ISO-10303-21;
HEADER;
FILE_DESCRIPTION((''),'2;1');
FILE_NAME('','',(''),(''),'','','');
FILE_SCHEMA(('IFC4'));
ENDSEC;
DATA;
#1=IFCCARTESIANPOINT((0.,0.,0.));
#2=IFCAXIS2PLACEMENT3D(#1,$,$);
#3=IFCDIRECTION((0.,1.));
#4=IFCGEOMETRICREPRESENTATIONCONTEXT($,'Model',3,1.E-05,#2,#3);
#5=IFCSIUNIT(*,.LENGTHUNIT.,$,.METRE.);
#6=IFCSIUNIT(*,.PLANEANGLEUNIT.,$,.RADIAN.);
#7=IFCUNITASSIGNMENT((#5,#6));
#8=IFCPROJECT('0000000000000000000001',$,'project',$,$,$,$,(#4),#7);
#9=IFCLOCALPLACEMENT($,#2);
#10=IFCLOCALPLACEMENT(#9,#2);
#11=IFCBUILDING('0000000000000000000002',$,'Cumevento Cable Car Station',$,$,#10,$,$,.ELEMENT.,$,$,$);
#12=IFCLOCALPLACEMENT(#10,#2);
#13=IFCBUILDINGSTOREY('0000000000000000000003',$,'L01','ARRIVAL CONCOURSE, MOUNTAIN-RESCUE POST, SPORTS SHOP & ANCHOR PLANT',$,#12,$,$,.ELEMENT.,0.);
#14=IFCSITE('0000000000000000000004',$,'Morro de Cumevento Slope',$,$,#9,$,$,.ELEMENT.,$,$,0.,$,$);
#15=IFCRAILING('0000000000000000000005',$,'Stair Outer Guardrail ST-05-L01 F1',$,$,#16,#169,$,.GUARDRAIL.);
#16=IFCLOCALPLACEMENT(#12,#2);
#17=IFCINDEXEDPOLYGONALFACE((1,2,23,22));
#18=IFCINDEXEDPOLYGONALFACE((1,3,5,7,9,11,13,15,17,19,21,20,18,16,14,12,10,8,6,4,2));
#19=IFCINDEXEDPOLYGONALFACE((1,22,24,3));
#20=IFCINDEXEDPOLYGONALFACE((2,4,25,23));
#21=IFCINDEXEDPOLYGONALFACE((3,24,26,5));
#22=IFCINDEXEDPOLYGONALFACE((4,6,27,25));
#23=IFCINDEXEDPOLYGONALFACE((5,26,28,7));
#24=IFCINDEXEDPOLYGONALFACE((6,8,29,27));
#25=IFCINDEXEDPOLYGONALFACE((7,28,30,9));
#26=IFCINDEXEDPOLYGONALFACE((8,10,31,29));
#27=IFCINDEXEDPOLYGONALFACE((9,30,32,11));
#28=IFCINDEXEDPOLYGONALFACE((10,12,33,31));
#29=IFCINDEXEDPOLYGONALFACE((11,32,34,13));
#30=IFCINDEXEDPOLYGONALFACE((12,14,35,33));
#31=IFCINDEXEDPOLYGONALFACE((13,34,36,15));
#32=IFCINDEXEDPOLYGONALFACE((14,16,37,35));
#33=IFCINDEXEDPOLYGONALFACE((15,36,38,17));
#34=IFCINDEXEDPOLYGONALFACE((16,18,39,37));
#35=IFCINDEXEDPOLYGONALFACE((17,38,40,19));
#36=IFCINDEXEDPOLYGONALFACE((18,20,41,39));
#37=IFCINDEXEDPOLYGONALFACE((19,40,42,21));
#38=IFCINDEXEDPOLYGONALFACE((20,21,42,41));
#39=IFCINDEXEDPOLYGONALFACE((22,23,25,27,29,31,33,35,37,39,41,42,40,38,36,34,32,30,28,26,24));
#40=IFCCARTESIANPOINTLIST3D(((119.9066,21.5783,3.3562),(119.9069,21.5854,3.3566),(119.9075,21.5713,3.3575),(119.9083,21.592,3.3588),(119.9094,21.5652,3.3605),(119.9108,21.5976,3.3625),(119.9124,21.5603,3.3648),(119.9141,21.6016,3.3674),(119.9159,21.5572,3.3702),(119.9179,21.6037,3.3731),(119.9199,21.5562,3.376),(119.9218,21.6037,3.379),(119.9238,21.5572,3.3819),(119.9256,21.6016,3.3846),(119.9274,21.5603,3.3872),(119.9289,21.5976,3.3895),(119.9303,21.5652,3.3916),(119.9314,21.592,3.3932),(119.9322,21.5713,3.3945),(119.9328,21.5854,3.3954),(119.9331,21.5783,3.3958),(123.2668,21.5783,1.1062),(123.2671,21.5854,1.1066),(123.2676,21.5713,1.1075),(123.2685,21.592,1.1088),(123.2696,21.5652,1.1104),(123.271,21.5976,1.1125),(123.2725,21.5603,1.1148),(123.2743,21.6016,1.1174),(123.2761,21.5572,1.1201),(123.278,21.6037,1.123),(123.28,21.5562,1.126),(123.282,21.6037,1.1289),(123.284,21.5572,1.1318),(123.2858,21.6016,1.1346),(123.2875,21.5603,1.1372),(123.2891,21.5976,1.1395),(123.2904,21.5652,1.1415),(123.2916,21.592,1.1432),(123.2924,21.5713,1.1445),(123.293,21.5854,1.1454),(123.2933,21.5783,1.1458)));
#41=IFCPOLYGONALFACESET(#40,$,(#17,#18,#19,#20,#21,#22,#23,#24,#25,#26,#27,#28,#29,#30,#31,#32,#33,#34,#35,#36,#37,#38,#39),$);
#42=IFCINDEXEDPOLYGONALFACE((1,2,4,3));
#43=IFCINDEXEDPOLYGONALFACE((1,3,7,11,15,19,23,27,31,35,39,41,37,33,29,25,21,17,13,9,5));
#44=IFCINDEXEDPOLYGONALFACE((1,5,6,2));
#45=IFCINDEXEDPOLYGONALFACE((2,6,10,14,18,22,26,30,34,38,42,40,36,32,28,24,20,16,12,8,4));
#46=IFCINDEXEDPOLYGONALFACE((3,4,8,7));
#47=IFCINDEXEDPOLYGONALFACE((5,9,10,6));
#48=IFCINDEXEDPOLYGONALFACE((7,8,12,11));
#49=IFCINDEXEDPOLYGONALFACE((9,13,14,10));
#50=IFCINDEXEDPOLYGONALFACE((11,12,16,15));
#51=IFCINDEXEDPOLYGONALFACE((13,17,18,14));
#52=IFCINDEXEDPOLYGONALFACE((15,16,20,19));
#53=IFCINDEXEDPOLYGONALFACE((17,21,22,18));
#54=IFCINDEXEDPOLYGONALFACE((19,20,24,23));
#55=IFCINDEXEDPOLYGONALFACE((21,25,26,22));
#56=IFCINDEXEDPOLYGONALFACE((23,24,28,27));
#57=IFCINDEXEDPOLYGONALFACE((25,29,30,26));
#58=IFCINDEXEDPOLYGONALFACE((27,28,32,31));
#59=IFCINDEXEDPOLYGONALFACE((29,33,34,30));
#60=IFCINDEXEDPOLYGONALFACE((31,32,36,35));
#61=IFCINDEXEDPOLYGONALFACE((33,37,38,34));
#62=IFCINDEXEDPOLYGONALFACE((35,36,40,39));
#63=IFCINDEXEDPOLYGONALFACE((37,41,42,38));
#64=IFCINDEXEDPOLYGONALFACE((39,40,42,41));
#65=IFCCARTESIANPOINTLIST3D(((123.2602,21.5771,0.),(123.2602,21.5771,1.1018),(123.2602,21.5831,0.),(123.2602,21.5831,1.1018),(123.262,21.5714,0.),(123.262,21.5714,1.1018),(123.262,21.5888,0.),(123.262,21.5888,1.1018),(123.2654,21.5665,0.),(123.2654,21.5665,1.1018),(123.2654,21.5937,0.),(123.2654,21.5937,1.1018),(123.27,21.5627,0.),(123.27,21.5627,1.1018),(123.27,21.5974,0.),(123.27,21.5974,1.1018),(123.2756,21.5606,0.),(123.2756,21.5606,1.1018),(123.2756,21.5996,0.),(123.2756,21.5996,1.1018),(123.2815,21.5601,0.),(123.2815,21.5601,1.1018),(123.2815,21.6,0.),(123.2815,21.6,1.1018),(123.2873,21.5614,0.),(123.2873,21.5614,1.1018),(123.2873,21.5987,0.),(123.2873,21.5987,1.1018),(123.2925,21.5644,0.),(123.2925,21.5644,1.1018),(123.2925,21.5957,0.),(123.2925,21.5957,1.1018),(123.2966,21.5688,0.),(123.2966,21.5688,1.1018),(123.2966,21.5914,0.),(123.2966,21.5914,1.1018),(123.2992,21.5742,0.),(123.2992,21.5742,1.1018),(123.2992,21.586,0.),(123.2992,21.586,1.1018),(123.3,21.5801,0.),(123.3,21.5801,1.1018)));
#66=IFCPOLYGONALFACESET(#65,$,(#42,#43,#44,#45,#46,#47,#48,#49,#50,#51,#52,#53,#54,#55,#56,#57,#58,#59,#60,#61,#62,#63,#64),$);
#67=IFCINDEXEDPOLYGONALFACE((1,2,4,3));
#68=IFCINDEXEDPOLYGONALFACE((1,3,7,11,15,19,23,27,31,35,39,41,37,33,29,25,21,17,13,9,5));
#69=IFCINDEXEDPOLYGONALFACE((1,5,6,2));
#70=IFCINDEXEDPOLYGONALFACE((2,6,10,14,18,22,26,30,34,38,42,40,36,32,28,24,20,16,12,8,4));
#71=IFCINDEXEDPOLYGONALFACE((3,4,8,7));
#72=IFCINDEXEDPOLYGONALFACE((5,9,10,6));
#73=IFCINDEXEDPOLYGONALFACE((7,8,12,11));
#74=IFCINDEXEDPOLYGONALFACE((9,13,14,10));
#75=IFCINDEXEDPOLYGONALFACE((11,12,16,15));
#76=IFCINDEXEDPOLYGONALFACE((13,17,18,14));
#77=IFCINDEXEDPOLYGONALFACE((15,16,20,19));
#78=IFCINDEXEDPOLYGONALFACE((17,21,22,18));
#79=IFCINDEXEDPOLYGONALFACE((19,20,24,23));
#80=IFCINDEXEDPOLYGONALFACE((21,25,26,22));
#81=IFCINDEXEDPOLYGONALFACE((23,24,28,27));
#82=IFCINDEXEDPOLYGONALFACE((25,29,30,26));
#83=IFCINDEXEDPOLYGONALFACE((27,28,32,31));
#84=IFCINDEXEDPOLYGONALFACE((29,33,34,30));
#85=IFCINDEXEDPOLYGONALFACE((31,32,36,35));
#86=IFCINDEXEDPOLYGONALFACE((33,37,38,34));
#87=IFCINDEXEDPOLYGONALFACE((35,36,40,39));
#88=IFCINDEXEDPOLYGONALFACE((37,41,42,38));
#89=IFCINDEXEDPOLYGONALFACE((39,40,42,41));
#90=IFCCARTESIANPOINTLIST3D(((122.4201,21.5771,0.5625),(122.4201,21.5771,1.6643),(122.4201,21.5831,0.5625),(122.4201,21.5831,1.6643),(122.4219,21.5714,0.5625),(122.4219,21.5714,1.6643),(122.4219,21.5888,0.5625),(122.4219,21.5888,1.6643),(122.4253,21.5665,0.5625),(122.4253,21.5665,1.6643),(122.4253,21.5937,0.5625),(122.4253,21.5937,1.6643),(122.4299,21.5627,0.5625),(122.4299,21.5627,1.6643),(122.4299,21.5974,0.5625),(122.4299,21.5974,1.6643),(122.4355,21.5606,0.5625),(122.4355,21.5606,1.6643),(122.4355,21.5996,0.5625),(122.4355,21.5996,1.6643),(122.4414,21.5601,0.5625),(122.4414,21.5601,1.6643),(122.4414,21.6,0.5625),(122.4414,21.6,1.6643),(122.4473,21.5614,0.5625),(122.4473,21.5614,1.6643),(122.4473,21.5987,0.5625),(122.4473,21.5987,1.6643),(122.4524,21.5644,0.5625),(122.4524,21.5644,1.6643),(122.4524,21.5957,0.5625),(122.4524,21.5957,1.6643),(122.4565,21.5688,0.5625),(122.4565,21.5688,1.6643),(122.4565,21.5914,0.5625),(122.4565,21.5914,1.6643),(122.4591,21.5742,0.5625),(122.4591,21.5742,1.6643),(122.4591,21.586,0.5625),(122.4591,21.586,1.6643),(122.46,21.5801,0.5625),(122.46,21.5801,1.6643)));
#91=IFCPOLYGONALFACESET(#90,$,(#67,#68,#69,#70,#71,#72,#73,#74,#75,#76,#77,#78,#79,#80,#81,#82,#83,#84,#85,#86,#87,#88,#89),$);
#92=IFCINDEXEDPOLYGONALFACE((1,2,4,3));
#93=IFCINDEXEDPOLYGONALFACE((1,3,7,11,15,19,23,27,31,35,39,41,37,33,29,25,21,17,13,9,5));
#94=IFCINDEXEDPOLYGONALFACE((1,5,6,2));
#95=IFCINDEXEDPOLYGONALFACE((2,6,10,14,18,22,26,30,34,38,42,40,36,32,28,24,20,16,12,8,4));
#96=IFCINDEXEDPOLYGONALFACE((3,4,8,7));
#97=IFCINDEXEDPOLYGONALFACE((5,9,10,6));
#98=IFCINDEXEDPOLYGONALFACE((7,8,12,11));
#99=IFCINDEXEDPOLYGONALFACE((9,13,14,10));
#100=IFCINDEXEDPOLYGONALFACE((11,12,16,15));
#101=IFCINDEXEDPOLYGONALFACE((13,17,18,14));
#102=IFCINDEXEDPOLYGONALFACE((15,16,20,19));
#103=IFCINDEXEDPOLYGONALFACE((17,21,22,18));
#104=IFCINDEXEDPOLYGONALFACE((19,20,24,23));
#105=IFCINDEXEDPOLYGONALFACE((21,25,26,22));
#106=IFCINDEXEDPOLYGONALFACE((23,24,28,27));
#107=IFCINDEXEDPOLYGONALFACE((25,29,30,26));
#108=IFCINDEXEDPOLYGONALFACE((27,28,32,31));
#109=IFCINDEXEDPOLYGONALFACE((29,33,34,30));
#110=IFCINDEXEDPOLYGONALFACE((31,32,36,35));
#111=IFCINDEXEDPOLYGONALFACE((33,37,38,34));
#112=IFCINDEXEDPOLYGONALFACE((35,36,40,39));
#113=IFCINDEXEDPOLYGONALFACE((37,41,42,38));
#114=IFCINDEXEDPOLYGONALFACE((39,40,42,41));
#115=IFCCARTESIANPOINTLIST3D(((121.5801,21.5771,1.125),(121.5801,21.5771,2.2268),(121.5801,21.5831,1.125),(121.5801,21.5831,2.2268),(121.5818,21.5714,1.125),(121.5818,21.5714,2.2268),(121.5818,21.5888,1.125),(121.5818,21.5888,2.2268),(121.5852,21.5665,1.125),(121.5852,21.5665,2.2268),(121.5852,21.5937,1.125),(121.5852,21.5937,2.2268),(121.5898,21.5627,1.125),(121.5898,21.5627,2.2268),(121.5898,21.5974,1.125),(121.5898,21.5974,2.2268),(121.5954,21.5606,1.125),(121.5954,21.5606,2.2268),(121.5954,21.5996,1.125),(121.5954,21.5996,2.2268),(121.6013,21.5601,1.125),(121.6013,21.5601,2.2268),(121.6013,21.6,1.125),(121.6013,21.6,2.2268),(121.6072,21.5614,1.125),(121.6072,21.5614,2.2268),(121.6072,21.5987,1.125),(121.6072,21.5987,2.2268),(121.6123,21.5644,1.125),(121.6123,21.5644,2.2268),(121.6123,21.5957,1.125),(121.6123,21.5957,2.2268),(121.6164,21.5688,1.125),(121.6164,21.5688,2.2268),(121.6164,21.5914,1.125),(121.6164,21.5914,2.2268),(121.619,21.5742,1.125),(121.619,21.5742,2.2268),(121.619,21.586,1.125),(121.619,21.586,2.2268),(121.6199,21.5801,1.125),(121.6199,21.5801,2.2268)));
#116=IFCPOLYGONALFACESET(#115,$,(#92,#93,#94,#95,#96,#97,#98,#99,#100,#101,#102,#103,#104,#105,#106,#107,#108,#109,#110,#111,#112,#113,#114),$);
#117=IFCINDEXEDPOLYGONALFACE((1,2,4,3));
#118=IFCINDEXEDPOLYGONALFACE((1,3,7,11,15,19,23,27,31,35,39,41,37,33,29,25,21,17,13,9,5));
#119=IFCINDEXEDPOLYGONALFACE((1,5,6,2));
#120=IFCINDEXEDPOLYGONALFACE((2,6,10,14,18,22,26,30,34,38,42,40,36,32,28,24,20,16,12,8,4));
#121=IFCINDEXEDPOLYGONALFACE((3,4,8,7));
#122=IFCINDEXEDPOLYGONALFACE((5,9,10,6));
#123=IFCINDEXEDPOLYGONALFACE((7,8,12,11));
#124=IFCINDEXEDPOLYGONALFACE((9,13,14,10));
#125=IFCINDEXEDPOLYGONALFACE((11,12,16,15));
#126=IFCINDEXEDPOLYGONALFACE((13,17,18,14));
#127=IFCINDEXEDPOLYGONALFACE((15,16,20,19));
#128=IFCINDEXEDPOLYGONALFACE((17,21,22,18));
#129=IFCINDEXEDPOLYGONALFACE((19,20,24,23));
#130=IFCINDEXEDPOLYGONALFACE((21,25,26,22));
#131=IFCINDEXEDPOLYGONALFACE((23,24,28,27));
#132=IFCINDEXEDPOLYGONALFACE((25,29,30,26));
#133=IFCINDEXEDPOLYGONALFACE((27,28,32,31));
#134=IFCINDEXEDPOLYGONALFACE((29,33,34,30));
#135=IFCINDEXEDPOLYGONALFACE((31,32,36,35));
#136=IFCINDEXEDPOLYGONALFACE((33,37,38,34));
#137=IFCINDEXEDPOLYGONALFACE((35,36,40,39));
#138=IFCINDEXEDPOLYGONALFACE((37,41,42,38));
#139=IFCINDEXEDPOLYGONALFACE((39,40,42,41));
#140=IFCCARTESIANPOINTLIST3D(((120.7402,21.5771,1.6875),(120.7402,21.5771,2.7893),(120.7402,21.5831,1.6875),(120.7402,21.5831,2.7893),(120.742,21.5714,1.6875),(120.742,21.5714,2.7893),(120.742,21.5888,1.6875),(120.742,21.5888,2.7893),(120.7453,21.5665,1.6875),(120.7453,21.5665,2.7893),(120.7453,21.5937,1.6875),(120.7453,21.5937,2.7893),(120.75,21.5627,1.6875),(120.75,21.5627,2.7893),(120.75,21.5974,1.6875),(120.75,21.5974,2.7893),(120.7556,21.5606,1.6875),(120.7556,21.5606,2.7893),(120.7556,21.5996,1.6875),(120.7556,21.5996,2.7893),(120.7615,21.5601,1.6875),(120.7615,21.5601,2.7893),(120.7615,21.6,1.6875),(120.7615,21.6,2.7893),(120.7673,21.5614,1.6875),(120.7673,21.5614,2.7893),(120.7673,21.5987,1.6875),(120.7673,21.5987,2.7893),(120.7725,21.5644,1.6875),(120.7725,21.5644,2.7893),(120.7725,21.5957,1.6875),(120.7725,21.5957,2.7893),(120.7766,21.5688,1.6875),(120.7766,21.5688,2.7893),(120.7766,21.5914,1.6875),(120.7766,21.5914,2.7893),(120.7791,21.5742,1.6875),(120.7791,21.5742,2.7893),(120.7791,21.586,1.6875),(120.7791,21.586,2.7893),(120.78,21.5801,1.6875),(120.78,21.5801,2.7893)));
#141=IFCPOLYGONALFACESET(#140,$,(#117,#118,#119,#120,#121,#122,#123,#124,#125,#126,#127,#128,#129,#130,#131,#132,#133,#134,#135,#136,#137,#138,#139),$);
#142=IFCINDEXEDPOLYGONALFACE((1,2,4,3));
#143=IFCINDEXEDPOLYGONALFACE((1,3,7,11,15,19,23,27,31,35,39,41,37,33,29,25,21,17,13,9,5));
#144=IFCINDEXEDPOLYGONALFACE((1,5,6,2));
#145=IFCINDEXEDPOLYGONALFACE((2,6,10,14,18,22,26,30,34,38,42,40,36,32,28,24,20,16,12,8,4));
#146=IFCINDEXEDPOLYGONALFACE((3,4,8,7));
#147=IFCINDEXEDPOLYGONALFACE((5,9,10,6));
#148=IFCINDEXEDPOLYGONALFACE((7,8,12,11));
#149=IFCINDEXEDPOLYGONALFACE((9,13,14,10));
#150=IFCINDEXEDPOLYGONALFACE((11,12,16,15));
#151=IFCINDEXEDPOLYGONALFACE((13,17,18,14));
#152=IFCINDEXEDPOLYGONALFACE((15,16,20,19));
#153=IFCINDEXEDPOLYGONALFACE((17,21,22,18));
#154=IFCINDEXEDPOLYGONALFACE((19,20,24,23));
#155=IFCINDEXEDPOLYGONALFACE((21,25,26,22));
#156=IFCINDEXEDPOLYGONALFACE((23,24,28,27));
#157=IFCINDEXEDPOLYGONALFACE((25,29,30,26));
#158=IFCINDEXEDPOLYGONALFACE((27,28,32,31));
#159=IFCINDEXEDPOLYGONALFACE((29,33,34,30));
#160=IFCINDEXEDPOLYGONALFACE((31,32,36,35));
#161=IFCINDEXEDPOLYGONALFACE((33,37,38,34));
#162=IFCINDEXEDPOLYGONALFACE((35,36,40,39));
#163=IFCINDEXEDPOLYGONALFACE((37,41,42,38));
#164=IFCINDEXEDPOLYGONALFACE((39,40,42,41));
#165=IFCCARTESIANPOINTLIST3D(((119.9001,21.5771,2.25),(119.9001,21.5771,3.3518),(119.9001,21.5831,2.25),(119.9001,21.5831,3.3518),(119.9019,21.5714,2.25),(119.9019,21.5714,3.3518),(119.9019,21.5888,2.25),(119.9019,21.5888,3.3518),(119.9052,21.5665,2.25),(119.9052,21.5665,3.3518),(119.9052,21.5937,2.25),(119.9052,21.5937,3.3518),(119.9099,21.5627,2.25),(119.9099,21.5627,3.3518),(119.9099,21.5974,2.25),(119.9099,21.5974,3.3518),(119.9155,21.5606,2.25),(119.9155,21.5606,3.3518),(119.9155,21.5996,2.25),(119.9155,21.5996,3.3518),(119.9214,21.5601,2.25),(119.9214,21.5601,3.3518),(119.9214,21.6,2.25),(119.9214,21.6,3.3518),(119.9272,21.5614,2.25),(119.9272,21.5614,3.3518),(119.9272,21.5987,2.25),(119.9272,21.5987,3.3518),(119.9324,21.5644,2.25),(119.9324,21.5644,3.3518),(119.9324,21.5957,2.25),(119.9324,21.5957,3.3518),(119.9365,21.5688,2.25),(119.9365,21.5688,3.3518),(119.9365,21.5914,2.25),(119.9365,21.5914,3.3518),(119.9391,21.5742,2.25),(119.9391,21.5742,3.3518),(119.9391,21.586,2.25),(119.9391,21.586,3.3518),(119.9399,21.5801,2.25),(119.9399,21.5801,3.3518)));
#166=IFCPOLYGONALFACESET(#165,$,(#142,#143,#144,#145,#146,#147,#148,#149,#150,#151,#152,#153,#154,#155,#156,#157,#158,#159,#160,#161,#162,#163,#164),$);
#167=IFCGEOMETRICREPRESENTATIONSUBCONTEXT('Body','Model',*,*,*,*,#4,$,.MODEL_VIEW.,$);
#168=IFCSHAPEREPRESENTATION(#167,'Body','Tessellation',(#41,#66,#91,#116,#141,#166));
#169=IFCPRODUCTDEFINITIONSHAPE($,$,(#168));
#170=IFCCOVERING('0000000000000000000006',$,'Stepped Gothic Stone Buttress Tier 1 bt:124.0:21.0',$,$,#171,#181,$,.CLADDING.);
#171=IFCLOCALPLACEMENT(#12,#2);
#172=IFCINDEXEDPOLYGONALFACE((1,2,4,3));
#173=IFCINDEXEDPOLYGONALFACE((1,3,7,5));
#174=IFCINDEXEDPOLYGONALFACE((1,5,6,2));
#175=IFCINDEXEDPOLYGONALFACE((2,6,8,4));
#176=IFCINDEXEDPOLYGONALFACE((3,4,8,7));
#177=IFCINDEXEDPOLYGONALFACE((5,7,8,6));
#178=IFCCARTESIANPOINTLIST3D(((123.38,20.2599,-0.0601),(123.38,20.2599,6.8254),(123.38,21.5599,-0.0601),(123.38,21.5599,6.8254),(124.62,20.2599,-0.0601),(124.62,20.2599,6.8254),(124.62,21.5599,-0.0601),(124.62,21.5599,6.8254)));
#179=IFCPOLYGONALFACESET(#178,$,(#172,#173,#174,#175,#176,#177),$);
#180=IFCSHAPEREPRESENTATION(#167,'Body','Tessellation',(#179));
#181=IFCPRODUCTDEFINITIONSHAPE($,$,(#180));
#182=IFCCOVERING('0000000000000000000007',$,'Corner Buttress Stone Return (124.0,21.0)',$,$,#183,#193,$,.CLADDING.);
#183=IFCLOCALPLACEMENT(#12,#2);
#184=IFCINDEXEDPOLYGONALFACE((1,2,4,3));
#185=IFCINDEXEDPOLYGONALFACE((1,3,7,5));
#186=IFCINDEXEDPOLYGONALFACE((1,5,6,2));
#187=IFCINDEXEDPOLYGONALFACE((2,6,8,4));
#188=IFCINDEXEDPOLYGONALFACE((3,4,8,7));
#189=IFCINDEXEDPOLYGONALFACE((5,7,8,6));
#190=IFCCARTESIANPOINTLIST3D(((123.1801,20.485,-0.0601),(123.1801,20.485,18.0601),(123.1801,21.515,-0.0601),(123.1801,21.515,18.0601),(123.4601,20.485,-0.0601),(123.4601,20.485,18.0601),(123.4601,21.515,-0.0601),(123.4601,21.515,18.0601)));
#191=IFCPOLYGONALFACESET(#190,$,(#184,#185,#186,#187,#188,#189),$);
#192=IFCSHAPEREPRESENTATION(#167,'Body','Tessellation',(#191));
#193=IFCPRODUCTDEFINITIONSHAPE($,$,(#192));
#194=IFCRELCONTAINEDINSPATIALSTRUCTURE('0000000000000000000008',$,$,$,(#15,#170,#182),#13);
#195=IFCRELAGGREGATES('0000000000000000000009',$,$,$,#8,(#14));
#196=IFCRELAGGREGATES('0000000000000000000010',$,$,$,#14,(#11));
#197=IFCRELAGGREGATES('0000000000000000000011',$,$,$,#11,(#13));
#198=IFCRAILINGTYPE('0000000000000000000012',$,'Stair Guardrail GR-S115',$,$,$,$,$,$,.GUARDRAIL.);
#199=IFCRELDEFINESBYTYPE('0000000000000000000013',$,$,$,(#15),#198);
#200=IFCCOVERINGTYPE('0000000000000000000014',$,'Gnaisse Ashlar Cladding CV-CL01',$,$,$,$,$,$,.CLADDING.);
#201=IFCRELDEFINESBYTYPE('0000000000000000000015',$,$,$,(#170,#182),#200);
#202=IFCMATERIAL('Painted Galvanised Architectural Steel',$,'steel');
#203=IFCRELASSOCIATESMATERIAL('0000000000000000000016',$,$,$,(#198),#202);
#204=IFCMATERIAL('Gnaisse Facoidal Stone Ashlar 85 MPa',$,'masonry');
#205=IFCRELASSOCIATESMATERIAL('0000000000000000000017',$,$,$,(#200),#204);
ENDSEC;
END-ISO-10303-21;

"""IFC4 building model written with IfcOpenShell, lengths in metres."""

from ifc_helpers import new_model, si_unit, direction, frame, origin, origin_2d, place, context, subcontext, project, spatial, rectangle, circle, extrude, material, type_object, element, save


model = new_model("IFC4")

# Units and contexts
model_context = context("Model", 3, precision=1e-05, world=origin(), true_north=direction((0.0, 1.0)))
body_context = subcontext(model_context, "Body", "Model", "MODEL_VIEW")
ifc_project = project(units=[si_unit("LENGTHUNIT", "METRE"), si_unit("PLANEANGLEUNIT", "RADIAN")], contexts=[model_context])

# Site, building, storey
site_placement = place(None, origin())
site = spatial("IfcSite", under=ifc_project, at=site_placement, Name="Morro de Cumevento Slope", CompositionType="ELEMENT", RefElevation=0.0)
building_placement = place(site_placement, origin())
building = spatial("IfcBuilding", under=site, at=building_placement, Name="Cumevento Cable Car Station", CompositionType="ELEMENT")
storey_placement = place(building_placement, origin())
storey = spatial("IfcBuildingStorey", under=building, at=storey_placement, Name="L01", Description="ARRIVAL CONCOURSE, MOUNTAIN-RESCUE POST, SPORTS SHOP & ANCHOR PLANT", CompositionType="ELEMENT", Elevation=0.0)

# Railing
ifc_material_1 = material(Name="Painted Galvanised Architectural Steel", Category="steel")
railing_type = type_object("IfcRailingType", Name="Stair Guardrail GR-S115", PredefinedType="GUARDRAIL", material=ifc_material_1)
railing_1_placement = place(storey_placement, frame((123.28, 21.5801, 0.0)))
element("IfcRailing", 1, at=railing_1_placement, inside=storey, type_object=railing_type, Name="Stair Outer Guardrail ST-05-L01 F1", PredefinedType="GUARDRAIL", context=body_context, shape_type="SweptSolid", body=[
    extrude(circle(Radius=0.0239, at=origin_2d()), frame((0.0, 0.0, 1.126), z_axis=(-0.830915, 0.0, 0.556399), x_axis=(0.0, -1.0, 0.0)), (0.0, 0.0, 1.0), 4.0439),
    extrude(circle(Radius=0.02, at=origin_2d()), origin(), (0.0, 0.0, 1.0), 1.1018),
    extrude(circle(Radius=0.02, at=origin_2d()), frame((-0.8401, 0.0, 0.5625)), (0.0, 0.0, 1.0), 1.1018),
    extrude(circle(Radius=0.02, at=origin_2d()), frame((-1.6802, 0.0, 1.125)), (0.0, 0.0, 1.0), 1.1018),
    extrude(circle(Radius=0.02, at=origin_2d()), frame((-2.52, 0.0, 1.6875)), (0.0, 0.0, 1.0), 1.1018),
    extrude(circle(Radius=0.02, at=origin_2d()), frame((-3.3601, 0.0, 2.25)), (0.0, 0.0, 1.0), 1.1018),
])

# Coverings
ifc_material_2 = material(Name="Gnaisse Facoidal Stone Ashlar 85 MPa", Category="masonry")
covering_type = type_object("IfcCoveringType", Name="Gnaisse Ashlar Cladding CV-CL01", PredefinedType="CLADDING", material=ifc_material_2)
covering_1_placement = place(storey_placement, frame((124.0, 20.9099, -0.0601), z_axis=(0.0, 0.0, 1.0), x_axis=(1.0, 0.0, 0.0)))
element("IfcCovering", 2, at=covering_1_placement, inside=storey, type_object=covering_type, Name="Stepped Gothic Stone Buttress Tier 1 bt:124.0:21.0", PredefinedType="CLADDING", context=body_context, shape_type="SweptSolid", body=[
    extrude(rectangle(XDim=1.24, YDim=1.3, at=origin_2d()), origin(), (0.0, 0.0, 1.0), 6.8855),
])
covering_2_placement = place(storey_placement, frame((123.3201, 21.0, -0.0601), z_axis=(0.0, 0.0, 1.0), x_axis=(1.0, 0.0, 0.0)))
element("IfcCovering", 3, at=covering_2_placement, inside=storey, type_object=covering_type, Name="Corner Buttress Stone Return (124.0,21.0)", PredefinedType="CLADDING", context=body_context, shape_type="SweptSolid", body=[
    extrude(rectangle(XDim=0.28, YDim=1.03, at=origin_2d()), origin(), (0.0, 0.0, 1.0), 18.1201),
])

save(model, "model.ifc")
